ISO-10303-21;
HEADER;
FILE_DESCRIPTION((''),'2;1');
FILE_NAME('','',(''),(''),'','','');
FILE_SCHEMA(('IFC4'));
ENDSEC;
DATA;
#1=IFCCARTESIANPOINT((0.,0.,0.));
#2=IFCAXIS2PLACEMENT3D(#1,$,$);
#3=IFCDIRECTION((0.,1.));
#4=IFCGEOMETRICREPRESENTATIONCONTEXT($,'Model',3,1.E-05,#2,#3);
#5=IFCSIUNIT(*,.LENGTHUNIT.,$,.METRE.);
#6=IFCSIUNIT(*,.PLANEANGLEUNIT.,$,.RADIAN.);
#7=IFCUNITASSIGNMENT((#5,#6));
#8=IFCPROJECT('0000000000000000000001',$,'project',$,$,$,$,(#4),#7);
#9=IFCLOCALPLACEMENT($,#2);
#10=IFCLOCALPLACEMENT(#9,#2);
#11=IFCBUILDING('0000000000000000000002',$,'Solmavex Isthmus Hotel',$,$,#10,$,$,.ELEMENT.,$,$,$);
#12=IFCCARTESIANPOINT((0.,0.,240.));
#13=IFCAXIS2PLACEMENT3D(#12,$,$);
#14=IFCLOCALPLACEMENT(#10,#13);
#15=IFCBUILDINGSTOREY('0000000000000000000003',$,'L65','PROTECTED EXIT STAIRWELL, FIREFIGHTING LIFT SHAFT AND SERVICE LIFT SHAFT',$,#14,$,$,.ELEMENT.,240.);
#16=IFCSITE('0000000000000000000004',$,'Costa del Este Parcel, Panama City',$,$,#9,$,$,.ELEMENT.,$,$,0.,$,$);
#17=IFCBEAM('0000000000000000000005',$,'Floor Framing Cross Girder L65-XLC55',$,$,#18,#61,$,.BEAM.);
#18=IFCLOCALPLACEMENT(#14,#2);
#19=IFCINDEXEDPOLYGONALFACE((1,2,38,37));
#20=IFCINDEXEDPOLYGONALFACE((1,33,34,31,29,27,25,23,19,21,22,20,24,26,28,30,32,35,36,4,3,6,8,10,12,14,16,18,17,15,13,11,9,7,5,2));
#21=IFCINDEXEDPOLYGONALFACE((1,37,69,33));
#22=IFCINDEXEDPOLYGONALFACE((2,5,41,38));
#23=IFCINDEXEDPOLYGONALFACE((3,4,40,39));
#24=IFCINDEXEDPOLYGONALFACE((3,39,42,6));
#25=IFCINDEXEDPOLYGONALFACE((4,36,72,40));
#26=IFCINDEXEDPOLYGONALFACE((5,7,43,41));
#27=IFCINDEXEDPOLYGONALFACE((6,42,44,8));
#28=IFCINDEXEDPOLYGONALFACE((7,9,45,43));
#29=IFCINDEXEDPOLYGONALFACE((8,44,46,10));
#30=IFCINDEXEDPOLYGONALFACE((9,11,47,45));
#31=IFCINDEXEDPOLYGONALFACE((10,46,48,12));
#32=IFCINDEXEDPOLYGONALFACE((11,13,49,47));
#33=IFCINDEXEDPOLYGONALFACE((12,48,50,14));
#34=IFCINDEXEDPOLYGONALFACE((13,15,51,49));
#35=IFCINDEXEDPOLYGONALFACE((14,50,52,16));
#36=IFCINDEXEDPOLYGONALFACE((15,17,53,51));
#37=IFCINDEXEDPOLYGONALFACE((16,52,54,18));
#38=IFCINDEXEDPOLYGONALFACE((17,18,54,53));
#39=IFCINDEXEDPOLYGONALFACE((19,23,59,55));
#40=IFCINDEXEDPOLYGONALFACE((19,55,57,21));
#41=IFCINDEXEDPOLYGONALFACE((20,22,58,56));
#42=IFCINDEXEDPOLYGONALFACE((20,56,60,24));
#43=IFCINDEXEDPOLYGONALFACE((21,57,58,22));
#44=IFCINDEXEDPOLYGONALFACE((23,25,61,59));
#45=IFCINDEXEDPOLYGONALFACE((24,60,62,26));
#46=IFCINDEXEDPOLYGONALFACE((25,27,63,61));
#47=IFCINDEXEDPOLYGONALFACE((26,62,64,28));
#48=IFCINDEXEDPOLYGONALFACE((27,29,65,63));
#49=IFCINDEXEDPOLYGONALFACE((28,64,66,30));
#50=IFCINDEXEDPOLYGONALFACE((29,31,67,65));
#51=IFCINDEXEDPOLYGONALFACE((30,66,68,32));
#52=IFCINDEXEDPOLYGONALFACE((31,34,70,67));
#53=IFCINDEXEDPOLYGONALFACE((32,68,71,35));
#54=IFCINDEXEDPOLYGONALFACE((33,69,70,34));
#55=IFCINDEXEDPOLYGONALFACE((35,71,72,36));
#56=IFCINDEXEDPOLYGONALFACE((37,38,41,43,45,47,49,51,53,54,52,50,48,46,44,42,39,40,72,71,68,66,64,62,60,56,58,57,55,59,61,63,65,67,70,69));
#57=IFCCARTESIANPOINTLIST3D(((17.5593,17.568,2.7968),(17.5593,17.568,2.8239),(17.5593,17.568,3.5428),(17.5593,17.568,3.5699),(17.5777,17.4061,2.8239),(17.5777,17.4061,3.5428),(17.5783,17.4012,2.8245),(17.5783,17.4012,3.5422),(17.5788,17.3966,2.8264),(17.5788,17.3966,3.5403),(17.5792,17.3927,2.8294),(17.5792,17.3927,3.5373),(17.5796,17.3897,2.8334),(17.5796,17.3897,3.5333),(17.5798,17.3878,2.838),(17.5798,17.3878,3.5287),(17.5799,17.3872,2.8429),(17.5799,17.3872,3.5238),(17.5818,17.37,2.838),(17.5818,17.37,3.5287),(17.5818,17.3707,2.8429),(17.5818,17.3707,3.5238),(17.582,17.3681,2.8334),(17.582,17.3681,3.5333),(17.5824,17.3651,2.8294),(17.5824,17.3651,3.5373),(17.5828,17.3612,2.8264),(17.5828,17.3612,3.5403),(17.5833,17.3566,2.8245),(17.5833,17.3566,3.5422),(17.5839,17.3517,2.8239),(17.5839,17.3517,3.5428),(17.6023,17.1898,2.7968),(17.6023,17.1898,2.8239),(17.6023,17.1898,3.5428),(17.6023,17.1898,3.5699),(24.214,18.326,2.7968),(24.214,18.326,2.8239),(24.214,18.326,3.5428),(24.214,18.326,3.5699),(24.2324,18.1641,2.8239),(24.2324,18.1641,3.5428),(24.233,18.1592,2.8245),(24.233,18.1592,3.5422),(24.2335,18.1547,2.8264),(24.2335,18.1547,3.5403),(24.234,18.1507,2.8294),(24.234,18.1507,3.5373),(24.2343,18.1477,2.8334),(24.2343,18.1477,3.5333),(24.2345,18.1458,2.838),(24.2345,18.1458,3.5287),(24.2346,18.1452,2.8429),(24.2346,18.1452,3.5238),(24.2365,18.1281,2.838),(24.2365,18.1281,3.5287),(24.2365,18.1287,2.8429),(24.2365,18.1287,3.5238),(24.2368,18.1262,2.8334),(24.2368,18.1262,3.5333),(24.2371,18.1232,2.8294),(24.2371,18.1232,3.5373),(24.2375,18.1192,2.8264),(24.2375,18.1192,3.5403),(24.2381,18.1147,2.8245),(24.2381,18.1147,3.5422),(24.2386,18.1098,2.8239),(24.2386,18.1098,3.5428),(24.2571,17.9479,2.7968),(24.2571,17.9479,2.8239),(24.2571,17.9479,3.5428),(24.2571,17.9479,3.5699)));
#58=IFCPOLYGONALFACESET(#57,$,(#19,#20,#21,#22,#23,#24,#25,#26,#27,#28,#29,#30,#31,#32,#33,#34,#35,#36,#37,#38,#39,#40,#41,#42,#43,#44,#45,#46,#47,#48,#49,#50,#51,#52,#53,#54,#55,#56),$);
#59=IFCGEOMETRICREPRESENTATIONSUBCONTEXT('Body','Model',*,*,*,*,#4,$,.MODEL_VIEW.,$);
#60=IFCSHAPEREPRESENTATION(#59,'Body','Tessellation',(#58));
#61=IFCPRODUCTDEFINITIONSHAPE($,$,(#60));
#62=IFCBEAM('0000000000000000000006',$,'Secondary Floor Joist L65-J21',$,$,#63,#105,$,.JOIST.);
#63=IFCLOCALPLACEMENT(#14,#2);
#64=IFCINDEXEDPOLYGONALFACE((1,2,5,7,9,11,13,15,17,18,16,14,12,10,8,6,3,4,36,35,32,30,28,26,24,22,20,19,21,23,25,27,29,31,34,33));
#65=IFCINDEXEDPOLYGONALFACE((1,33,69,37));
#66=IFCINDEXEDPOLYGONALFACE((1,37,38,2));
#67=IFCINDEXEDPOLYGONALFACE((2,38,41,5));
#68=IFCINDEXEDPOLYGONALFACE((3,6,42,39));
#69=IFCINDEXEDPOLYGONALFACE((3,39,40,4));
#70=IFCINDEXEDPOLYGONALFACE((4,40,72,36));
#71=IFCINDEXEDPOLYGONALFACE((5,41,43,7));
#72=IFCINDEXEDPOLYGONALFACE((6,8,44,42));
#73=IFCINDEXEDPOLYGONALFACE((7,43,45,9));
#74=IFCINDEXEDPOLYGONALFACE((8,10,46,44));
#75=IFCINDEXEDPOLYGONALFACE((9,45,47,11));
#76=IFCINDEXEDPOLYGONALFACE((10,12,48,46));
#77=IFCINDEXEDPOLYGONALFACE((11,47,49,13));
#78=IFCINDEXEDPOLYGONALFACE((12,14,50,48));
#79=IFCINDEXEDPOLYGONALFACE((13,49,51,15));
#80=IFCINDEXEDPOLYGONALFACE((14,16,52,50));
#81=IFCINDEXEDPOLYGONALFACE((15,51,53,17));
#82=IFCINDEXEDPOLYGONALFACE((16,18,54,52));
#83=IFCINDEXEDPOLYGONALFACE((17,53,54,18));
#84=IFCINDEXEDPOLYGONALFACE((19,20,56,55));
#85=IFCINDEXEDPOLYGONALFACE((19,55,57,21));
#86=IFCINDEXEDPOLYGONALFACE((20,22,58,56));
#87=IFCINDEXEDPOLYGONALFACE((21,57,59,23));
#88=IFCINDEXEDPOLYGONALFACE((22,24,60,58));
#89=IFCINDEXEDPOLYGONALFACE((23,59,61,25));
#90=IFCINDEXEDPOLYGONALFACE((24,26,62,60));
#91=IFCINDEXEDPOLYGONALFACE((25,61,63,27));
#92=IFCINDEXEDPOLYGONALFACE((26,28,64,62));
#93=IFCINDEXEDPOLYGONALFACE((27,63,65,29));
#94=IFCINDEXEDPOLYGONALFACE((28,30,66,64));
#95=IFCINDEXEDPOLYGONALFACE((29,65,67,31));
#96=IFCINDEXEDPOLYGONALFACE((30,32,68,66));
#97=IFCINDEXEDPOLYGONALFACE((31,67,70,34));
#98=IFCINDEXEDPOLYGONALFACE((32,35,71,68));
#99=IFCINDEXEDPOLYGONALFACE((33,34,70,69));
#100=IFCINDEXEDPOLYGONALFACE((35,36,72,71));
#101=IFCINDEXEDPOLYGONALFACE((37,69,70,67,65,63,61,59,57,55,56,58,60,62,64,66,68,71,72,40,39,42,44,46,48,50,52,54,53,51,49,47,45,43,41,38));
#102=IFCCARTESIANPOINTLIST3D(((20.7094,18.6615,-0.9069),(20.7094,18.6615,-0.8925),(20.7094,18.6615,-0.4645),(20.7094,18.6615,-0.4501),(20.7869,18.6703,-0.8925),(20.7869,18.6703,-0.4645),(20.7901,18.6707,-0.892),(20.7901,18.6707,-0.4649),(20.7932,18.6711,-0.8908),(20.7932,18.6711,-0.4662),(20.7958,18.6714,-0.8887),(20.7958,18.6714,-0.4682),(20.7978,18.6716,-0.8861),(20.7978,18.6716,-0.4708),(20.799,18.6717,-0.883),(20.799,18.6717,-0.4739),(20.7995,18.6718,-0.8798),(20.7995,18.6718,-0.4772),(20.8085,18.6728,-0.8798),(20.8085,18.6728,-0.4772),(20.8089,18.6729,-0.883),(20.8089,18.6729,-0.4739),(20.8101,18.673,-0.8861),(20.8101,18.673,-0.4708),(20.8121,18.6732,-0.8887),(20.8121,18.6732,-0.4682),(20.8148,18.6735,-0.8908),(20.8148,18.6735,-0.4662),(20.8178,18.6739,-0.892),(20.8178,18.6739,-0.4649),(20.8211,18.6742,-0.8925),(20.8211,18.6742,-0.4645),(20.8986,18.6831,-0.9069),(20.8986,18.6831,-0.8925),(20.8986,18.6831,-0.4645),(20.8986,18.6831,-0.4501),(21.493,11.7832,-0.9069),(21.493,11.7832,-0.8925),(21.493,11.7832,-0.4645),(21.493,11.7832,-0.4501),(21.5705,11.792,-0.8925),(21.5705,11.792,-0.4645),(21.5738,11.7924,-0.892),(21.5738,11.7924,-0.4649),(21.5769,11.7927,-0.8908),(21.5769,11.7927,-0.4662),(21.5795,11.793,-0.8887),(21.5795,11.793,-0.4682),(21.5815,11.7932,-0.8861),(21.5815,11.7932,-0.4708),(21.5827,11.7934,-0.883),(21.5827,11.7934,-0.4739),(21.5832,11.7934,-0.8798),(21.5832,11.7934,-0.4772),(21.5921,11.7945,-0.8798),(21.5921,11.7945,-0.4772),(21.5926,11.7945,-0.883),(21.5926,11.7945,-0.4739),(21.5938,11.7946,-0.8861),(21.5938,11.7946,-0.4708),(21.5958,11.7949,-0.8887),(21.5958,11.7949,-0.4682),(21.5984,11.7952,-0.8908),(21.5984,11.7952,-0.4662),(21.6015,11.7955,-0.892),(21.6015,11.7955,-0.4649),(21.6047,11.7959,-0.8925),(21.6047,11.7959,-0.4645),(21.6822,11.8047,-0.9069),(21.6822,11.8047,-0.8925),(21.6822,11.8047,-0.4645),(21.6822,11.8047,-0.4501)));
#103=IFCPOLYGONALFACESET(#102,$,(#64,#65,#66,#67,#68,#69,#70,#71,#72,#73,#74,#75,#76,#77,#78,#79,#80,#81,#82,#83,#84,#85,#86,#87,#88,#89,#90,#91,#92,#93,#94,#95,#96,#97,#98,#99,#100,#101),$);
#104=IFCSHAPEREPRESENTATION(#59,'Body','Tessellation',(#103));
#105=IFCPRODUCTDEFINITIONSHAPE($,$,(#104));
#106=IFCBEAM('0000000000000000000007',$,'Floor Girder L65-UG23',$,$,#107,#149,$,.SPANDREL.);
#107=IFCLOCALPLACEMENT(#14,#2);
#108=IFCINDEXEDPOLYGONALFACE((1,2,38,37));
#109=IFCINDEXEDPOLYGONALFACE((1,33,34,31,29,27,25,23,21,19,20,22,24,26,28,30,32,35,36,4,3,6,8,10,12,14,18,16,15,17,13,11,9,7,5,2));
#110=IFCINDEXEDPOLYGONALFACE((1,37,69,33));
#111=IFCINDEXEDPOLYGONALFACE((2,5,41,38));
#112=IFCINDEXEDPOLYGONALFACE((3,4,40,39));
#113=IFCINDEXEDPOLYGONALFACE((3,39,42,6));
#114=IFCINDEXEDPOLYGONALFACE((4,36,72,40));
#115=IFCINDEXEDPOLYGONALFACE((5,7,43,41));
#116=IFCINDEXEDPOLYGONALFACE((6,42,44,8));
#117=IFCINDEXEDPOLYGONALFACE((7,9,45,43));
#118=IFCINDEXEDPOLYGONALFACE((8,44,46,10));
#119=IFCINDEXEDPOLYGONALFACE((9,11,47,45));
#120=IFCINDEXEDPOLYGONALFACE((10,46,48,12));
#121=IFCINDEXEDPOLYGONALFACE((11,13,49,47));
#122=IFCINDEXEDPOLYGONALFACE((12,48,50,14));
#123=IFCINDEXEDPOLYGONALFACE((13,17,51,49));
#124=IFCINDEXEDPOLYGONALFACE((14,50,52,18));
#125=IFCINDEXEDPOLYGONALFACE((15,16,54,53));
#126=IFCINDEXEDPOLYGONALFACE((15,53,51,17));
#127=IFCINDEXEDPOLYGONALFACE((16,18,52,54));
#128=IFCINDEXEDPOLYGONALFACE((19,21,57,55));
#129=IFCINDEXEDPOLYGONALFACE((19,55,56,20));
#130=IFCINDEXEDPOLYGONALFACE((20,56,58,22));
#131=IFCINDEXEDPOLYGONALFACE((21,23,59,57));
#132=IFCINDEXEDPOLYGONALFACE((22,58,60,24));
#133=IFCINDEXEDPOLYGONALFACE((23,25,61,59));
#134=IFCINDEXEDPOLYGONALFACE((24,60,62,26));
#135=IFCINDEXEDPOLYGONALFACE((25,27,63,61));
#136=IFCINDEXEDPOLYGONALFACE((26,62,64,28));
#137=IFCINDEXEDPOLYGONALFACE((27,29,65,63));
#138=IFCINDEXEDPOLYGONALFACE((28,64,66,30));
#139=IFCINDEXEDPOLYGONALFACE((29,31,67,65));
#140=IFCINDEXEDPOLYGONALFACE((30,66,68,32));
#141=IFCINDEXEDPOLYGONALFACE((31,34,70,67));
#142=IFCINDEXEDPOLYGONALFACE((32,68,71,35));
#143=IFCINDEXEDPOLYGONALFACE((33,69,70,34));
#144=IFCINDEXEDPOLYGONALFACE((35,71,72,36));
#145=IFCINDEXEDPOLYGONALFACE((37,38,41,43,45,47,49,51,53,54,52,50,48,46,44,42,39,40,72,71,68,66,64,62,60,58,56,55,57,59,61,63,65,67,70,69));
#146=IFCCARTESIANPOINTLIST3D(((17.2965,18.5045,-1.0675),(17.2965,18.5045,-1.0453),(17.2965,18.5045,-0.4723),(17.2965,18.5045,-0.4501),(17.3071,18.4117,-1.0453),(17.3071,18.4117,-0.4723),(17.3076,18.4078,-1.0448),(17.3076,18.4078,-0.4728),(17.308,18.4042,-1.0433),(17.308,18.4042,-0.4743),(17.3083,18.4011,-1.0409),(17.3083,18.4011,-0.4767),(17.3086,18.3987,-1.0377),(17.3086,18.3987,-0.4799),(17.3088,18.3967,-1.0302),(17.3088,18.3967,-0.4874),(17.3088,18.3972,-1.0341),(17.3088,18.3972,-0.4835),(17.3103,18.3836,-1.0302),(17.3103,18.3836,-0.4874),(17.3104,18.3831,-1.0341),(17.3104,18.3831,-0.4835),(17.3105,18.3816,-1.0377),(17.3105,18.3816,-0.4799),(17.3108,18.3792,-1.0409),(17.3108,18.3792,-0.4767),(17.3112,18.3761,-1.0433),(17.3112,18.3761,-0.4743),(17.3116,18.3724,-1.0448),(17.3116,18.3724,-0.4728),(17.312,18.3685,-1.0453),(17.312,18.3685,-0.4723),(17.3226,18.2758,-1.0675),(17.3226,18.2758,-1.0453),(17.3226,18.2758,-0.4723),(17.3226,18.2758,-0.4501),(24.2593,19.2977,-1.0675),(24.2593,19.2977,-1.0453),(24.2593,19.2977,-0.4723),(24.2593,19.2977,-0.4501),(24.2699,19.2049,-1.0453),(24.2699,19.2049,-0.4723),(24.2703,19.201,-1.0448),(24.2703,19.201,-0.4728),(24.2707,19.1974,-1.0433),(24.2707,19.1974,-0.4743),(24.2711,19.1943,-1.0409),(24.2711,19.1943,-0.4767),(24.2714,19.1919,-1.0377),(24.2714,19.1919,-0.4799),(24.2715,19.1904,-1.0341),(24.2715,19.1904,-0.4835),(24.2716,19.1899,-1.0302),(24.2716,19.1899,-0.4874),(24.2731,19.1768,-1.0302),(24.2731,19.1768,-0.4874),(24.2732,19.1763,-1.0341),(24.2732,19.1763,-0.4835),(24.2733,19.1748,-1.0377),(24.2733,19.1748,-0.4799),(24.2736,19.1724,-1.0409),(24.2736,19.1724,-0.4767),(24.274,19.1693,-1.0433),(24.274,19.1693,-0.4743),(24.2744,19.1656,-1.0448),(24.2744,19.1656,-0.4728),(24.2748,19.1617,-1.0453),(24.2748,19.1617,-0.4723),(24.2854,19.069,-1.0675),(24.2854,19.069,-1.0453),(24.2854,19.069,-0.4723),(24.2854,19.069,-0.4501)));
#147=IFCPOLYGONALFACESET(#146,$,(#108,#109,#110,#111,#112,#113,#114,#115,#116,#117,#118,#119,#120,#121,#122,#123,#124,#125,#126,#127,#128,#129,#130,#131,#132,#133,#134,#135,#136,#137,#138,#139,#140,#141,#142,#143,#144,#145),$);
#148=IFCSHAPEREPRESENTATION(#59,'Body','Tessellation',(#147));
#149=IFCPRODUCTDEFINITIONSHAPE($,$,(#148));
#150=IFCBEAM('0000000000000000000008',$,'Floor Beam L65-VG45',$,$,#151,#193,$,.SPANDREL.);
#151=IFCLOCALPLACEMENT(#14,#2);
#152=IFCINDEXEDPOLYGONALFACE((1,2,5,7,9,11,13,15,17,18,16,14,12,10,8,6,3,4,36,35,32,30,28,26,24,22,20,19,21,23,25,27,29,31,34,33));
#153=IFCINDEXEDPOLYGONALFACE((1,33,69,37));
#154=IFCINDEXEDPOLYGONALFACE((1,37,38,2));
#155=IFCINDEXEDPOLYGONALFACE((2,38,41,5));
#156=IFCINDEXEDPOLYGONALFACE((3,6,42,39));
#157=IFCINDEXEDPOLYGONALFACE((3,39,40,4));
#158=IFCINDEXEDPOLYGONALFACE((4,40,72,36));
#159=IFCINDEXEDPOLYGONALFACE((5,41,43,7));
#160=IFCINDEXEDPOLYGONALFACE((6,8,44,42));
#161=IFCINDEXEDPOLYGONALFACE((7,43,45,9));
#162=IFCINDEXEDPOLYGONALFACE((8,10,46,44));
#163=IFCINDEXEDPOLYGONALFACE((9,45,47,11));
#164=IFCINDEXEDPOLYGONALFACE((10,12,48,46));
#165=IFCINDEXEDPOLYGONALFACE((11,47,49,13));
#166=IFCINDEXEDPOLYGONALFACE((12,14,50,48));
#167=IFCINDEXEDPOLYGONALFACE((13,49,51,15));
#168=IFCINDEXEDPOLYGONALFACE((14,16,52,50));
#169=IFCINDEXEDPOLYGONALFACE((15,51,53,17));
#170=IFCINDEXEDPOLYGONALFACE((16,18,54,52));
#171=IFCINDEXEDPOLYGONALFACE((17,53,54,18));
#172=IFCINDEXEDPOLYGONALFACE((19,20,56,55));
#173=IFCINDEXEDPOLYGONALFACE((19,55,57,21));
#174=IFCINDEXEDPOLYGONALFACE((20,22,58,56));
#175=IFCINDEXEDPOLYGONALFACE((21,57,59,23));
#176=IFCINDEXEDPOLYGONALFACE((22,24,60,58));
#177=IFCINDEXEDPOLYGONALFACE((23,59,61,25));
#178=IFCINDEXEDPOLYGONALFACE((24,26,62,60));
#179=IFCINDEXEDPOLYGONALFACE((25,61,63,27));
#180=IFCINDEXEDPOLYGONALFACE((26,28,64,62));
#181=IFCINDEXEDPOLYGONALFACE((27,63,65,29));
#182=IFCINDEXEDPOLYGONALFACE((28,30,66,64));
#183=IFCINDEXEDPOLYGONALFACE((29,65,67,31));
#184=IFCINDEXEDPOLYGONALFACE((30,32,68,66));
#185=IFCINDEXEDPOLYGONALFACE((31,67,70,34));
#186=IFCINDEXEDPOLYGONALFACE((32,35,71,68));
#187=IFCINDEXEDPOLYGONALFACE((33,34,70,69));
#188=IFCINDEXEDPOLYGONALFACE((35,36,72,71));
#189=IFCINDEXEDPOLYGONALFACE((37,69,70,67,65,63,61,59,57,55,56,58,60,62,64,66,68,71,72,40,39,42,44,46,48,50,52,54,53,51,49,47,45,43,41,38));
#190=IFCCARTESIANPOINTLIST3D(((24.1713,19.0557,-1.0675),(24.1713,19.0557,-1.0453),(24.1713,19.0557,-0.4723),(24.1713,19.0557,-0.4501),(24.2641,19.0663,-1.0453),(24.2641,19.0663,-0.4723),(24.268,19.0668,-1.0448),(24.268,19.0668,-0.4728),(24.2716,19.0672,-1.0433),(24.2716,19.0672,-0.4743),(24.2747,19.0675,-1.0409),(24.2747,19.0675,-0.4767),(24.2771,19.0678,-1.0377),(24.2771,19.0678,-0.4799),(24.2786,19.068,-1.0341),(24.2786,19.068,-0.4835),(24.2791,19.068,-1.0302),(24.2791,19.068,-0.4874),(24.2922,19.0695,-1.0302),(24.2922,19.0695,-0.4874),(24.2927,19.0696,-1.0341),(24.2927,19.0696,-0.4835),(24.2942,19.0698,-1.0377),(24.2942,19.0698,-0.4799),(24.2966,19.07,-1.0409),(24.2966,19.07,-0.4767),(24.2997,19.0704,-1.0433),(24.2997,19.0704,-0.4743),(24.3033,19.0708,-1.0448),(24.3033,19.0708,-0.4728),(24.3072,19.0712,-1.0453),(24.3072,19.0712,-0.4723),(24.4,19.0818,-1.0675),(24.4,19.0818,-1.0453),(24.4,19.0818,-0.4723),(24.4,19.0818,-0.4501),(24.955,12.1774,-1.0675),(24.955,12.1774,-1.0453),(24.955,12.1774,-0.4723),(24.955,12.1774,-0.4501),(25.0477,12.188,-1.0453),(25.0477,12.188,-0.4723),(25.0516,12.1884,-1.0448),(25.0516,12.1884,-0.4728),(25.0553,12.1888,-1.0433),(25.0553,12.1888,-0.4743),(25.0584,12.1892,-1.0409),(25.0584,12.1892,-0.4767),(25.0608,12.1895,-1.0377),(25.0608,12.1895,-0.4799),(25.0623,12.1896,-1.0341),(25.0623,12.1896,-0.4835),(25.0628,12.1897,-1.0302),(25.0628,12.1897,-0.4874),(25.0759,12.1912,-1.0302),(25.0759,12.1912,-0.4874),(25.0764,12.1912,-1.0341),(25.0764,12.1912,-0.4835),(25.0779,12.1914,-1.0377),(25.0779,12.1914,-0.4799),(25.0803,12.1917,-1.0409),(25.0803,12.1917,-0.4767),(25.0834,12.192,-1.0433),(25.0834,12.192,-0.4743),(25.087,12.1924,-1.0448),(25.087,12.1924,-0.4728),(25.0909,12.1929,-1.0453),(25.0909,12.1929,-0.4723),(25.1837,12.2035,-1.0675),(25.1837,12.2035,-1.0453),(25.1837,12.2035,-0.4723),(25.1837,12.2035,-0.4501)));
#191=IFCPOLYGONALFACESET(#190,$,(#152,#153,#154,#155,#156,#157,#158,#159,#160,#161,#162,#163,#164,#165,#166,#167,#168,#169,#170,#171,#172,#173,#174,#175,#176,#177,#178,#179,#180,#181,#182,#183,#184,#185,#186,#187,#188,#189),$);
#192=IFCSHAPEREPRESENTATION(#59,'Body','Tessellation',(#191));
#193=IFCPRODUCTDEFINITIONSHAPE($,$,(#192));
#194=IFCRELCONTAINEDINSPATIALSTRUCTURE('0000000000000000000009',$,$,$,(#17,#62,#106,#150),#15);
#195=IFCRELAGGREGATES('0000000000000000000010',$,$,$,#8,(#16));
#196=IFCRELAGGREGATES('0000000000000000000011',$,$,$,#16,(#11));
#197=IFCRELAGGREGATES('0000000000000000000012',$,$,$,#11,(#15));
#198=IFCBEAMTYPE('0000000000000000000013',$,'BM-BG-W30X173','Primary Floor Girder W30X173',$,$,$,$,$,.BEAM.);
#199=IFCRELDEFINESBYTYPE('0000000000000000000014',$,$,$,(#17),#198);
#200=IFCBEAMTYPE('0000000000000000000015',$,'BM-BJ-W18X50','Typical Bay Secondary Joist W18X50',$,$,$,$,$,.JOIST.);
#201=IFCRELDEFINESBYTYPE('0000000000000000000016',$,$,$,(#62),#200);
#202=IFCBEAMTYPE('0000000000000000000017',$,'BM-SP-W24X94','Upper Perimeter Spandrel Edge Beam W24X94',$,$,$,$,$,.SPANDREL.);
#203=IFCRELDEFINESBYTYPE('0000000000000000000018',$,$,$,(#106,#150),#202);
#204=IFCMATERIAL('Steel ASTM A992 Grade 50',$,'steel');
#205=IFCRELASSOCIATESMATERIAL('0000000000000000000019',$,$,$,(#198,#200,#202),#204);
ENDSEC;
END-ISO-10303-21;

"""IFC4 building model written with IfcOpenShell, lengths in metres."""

from ifc_helpers import new_model, si_unit, direction, frame, origin, origin_2d, place, context, subcontext, project, spatial, i_section, extrude, material, material_profile, profile_set, type_object, element, save


model = new_model("IFC4")

# Units and contexts
model_context = context("Model", 3, precision=1e-05, world=origin(), true_north=direction((0.0, 1.0)))
body_context = subcontext(model_context, "Body", "Model", "MODEL_VIEW")
ifc_project = project(units=[si_unit("LENGTHUNIT", "METRE"), si_unit("PLANEANGLEUNIT", "RADIAN")], contexts=[model_context])

# Site, building, storey
site_placement = place(None, origin())
site = spatial("IfcSite", under=ifc_project, at=site_placement, Name="Costa del Este Parcel, Panama City", CompositionType="ELEMENT", RefElevation=0.0)
building_placement = place(site_placement, origin())
building = spatial("IfcBuilding", under=site, at=building_placement, Name="Solmavex Isthmus Hotel", CompositionType="ELEMENT")
storey_placement = place(building_placement, frame((0.0, 0.0, 240.0)))
storey = spatial("IfcBuildingStorey", under=building, at=storey_placement, Name="L65", Description="PROTECTED EXIT STAIRWELL, FIREFIGHTING LIFT SHAFT AND SERVICE LIFT SHAFT", CompositionType="ELEMENT", Elevation=240.0)

# Beams
ifc_material_1 = material(Name="Steel ASTM A992 Grade 50", Category="steel")
ifc_material_profile_1 = material_profile(ifc_material_1, i_section(OverallWidth=0.3806, OverallDepth=0.7732, WebThickness=0.0166, FlangeThickness=0.0271, FilletRadius=0.019, at=origin_2d()), Name="W30X173")
ifc_profile_set_1 = profile_set([ifc_material_profile_1], Name="Steel ASTM A992 Grade 50")
beam_type_1 = type_object("IfcBeamType", Name="BM-BG-W30X173", Description="Primary Floor Girder W30X173", PredefinedType="BEAM", material=ifc_profile_set_1)
for number, where, z_axis, x_axis, name in (
    (1, (17.5808, 17.3789, 3.1833), (0.993575, 0.11318, 0.0), (-0.11318, 0.993575, 0.0), "Floor Framing Cross Girder L65-XLC55"),
):
    element("IfcBeam", number, at=place(storey_placement, frame(where, z_axis=z_axis, x_axis=x_axis)), inside=storey, type_object=beam_type_1, Name=name, PredefinedType="BEAM", context=body_context, shape_type="SweptSolid", body=[
        extrude(i_section(OverallWidth=0.3806, OverallDepth=0.7732, WebThickness=0.0166, FlangeThickness=0.0271, FilletRadius=0.019, at=origin_2d()), origin(), (0.0, 0.0, 1.0), 6.6978),
    ])
ifc_material_profile_2 = material_profile(ifc_material_1, i_section(OverallWidth=0.1904, OverallDepth=0.4568, WebThickness=0.009, FlangeThickness=0.0144, FilletRadius=0.0127, at=origin_2d()), Name="W18X50")
ifc_profile_set_2 = profile_set([ifc_material_profile_2], Name="Steel ASTM A992 Grade 50")
beam_type_2 = type_object("IfcBeamType", Name="BM-BJ-W18X50", Description="Typical Bay Secondary Joist W18X50", PredefinedType="JOIST", material=ifc_profile_set_2)
beam_1_placement = place(storey_placement, frame((21.5876, 11.7939, -0.6785), z_axis=(-0.113202, 0.993572, 0.0), x_axis=(-0.993572, -0.113202, 0.0)))
element("IfcBeam", 2, at=beam_1_placement, inside=storey, type_object=beam_type_2, Name="Secondary Floor Joist L65-J21", PredefinedType="JOIST", context=body_context, shape_type="SweptSolid", body=[
    extrude(i_section(OverallWidth=0.1904, OverallDepth=0.4568, WebThickness=0.009, FlangeThickness=0.0144, FilletRadius=0.0127, at=origin_2d()), origin(), (0.0, 0.0, 1.0), 6.9229),
])
ifc_material_profile_3 = material_profile(ifc_material_1, i_section(OverallWidth=0.2302, OverallDepth=0.6174, WebThickness=0.0132, FlangeThickness=0.0222, FilletRadius=0.0151, at=origin_2d()), Name="W24X94")
ifc_profile_set_3 = profile_set([ifc_material_profile_3], Name="Steel ASTM A992 Grade 50")
beam_type_3 = type_object("IfcBeamType", Name="BM-SP-W24X94", Description="Upper Perimeter Spandrel Edge Beam W24X94", PredefinedType="SPANDREL", material=ifc_profile_set_3)
beam_2_placement = place(storey_placement, frame((17.3096, 18.3901, -0.7588), z_axis=(0.993574, 0.113188, 0.0), x_axis=(-0.113188, 0.993574, 0.0)))
element("IfcBeam", 3, at=beam_2_placement, inside=storey, type_object=beam_type_3, Name="Floor Girder L65-UG23", PredefinedType="SPANDREL", context=body_context, shape_type="SweptSolid", body=[
    extrude(i_section(OverallWidth=0.2302, OverallDepth=0.6174, WebThickness=0.0132, FlangeThickness=0.0222, FilletRadius=0.0151, at=origin_2d()), origin(), (0.0, 0.0, 1.0), 7.0078),
])
beam_3_placement = place(storey_placement, frame((25.0693, 12.1904, -0.7588), z_axis=(-0.113202, 0.993572, 0.0), x_axis=(-0.993572, -0.113202, 0.0)))
element("IfcBeam", 4, at=beam_3_placement, inside=storey, type_object=beam_type_3, Name="Floor Beam L65-VG45", PredefinedType="SPANDREL", context=body_context, shape_type="SweptSolid", body=[
    extrude(i_section(OverallWidth=0.2302, OverallDepth=0.6174, WebThickness=0.0132, FlangeThickness=0.0222, FilletRadius=0.0151, at=origin_2d()), origin(), (0.0, 0.0, 1.0), 6.9229),
])

save(model, "model.ifc")
